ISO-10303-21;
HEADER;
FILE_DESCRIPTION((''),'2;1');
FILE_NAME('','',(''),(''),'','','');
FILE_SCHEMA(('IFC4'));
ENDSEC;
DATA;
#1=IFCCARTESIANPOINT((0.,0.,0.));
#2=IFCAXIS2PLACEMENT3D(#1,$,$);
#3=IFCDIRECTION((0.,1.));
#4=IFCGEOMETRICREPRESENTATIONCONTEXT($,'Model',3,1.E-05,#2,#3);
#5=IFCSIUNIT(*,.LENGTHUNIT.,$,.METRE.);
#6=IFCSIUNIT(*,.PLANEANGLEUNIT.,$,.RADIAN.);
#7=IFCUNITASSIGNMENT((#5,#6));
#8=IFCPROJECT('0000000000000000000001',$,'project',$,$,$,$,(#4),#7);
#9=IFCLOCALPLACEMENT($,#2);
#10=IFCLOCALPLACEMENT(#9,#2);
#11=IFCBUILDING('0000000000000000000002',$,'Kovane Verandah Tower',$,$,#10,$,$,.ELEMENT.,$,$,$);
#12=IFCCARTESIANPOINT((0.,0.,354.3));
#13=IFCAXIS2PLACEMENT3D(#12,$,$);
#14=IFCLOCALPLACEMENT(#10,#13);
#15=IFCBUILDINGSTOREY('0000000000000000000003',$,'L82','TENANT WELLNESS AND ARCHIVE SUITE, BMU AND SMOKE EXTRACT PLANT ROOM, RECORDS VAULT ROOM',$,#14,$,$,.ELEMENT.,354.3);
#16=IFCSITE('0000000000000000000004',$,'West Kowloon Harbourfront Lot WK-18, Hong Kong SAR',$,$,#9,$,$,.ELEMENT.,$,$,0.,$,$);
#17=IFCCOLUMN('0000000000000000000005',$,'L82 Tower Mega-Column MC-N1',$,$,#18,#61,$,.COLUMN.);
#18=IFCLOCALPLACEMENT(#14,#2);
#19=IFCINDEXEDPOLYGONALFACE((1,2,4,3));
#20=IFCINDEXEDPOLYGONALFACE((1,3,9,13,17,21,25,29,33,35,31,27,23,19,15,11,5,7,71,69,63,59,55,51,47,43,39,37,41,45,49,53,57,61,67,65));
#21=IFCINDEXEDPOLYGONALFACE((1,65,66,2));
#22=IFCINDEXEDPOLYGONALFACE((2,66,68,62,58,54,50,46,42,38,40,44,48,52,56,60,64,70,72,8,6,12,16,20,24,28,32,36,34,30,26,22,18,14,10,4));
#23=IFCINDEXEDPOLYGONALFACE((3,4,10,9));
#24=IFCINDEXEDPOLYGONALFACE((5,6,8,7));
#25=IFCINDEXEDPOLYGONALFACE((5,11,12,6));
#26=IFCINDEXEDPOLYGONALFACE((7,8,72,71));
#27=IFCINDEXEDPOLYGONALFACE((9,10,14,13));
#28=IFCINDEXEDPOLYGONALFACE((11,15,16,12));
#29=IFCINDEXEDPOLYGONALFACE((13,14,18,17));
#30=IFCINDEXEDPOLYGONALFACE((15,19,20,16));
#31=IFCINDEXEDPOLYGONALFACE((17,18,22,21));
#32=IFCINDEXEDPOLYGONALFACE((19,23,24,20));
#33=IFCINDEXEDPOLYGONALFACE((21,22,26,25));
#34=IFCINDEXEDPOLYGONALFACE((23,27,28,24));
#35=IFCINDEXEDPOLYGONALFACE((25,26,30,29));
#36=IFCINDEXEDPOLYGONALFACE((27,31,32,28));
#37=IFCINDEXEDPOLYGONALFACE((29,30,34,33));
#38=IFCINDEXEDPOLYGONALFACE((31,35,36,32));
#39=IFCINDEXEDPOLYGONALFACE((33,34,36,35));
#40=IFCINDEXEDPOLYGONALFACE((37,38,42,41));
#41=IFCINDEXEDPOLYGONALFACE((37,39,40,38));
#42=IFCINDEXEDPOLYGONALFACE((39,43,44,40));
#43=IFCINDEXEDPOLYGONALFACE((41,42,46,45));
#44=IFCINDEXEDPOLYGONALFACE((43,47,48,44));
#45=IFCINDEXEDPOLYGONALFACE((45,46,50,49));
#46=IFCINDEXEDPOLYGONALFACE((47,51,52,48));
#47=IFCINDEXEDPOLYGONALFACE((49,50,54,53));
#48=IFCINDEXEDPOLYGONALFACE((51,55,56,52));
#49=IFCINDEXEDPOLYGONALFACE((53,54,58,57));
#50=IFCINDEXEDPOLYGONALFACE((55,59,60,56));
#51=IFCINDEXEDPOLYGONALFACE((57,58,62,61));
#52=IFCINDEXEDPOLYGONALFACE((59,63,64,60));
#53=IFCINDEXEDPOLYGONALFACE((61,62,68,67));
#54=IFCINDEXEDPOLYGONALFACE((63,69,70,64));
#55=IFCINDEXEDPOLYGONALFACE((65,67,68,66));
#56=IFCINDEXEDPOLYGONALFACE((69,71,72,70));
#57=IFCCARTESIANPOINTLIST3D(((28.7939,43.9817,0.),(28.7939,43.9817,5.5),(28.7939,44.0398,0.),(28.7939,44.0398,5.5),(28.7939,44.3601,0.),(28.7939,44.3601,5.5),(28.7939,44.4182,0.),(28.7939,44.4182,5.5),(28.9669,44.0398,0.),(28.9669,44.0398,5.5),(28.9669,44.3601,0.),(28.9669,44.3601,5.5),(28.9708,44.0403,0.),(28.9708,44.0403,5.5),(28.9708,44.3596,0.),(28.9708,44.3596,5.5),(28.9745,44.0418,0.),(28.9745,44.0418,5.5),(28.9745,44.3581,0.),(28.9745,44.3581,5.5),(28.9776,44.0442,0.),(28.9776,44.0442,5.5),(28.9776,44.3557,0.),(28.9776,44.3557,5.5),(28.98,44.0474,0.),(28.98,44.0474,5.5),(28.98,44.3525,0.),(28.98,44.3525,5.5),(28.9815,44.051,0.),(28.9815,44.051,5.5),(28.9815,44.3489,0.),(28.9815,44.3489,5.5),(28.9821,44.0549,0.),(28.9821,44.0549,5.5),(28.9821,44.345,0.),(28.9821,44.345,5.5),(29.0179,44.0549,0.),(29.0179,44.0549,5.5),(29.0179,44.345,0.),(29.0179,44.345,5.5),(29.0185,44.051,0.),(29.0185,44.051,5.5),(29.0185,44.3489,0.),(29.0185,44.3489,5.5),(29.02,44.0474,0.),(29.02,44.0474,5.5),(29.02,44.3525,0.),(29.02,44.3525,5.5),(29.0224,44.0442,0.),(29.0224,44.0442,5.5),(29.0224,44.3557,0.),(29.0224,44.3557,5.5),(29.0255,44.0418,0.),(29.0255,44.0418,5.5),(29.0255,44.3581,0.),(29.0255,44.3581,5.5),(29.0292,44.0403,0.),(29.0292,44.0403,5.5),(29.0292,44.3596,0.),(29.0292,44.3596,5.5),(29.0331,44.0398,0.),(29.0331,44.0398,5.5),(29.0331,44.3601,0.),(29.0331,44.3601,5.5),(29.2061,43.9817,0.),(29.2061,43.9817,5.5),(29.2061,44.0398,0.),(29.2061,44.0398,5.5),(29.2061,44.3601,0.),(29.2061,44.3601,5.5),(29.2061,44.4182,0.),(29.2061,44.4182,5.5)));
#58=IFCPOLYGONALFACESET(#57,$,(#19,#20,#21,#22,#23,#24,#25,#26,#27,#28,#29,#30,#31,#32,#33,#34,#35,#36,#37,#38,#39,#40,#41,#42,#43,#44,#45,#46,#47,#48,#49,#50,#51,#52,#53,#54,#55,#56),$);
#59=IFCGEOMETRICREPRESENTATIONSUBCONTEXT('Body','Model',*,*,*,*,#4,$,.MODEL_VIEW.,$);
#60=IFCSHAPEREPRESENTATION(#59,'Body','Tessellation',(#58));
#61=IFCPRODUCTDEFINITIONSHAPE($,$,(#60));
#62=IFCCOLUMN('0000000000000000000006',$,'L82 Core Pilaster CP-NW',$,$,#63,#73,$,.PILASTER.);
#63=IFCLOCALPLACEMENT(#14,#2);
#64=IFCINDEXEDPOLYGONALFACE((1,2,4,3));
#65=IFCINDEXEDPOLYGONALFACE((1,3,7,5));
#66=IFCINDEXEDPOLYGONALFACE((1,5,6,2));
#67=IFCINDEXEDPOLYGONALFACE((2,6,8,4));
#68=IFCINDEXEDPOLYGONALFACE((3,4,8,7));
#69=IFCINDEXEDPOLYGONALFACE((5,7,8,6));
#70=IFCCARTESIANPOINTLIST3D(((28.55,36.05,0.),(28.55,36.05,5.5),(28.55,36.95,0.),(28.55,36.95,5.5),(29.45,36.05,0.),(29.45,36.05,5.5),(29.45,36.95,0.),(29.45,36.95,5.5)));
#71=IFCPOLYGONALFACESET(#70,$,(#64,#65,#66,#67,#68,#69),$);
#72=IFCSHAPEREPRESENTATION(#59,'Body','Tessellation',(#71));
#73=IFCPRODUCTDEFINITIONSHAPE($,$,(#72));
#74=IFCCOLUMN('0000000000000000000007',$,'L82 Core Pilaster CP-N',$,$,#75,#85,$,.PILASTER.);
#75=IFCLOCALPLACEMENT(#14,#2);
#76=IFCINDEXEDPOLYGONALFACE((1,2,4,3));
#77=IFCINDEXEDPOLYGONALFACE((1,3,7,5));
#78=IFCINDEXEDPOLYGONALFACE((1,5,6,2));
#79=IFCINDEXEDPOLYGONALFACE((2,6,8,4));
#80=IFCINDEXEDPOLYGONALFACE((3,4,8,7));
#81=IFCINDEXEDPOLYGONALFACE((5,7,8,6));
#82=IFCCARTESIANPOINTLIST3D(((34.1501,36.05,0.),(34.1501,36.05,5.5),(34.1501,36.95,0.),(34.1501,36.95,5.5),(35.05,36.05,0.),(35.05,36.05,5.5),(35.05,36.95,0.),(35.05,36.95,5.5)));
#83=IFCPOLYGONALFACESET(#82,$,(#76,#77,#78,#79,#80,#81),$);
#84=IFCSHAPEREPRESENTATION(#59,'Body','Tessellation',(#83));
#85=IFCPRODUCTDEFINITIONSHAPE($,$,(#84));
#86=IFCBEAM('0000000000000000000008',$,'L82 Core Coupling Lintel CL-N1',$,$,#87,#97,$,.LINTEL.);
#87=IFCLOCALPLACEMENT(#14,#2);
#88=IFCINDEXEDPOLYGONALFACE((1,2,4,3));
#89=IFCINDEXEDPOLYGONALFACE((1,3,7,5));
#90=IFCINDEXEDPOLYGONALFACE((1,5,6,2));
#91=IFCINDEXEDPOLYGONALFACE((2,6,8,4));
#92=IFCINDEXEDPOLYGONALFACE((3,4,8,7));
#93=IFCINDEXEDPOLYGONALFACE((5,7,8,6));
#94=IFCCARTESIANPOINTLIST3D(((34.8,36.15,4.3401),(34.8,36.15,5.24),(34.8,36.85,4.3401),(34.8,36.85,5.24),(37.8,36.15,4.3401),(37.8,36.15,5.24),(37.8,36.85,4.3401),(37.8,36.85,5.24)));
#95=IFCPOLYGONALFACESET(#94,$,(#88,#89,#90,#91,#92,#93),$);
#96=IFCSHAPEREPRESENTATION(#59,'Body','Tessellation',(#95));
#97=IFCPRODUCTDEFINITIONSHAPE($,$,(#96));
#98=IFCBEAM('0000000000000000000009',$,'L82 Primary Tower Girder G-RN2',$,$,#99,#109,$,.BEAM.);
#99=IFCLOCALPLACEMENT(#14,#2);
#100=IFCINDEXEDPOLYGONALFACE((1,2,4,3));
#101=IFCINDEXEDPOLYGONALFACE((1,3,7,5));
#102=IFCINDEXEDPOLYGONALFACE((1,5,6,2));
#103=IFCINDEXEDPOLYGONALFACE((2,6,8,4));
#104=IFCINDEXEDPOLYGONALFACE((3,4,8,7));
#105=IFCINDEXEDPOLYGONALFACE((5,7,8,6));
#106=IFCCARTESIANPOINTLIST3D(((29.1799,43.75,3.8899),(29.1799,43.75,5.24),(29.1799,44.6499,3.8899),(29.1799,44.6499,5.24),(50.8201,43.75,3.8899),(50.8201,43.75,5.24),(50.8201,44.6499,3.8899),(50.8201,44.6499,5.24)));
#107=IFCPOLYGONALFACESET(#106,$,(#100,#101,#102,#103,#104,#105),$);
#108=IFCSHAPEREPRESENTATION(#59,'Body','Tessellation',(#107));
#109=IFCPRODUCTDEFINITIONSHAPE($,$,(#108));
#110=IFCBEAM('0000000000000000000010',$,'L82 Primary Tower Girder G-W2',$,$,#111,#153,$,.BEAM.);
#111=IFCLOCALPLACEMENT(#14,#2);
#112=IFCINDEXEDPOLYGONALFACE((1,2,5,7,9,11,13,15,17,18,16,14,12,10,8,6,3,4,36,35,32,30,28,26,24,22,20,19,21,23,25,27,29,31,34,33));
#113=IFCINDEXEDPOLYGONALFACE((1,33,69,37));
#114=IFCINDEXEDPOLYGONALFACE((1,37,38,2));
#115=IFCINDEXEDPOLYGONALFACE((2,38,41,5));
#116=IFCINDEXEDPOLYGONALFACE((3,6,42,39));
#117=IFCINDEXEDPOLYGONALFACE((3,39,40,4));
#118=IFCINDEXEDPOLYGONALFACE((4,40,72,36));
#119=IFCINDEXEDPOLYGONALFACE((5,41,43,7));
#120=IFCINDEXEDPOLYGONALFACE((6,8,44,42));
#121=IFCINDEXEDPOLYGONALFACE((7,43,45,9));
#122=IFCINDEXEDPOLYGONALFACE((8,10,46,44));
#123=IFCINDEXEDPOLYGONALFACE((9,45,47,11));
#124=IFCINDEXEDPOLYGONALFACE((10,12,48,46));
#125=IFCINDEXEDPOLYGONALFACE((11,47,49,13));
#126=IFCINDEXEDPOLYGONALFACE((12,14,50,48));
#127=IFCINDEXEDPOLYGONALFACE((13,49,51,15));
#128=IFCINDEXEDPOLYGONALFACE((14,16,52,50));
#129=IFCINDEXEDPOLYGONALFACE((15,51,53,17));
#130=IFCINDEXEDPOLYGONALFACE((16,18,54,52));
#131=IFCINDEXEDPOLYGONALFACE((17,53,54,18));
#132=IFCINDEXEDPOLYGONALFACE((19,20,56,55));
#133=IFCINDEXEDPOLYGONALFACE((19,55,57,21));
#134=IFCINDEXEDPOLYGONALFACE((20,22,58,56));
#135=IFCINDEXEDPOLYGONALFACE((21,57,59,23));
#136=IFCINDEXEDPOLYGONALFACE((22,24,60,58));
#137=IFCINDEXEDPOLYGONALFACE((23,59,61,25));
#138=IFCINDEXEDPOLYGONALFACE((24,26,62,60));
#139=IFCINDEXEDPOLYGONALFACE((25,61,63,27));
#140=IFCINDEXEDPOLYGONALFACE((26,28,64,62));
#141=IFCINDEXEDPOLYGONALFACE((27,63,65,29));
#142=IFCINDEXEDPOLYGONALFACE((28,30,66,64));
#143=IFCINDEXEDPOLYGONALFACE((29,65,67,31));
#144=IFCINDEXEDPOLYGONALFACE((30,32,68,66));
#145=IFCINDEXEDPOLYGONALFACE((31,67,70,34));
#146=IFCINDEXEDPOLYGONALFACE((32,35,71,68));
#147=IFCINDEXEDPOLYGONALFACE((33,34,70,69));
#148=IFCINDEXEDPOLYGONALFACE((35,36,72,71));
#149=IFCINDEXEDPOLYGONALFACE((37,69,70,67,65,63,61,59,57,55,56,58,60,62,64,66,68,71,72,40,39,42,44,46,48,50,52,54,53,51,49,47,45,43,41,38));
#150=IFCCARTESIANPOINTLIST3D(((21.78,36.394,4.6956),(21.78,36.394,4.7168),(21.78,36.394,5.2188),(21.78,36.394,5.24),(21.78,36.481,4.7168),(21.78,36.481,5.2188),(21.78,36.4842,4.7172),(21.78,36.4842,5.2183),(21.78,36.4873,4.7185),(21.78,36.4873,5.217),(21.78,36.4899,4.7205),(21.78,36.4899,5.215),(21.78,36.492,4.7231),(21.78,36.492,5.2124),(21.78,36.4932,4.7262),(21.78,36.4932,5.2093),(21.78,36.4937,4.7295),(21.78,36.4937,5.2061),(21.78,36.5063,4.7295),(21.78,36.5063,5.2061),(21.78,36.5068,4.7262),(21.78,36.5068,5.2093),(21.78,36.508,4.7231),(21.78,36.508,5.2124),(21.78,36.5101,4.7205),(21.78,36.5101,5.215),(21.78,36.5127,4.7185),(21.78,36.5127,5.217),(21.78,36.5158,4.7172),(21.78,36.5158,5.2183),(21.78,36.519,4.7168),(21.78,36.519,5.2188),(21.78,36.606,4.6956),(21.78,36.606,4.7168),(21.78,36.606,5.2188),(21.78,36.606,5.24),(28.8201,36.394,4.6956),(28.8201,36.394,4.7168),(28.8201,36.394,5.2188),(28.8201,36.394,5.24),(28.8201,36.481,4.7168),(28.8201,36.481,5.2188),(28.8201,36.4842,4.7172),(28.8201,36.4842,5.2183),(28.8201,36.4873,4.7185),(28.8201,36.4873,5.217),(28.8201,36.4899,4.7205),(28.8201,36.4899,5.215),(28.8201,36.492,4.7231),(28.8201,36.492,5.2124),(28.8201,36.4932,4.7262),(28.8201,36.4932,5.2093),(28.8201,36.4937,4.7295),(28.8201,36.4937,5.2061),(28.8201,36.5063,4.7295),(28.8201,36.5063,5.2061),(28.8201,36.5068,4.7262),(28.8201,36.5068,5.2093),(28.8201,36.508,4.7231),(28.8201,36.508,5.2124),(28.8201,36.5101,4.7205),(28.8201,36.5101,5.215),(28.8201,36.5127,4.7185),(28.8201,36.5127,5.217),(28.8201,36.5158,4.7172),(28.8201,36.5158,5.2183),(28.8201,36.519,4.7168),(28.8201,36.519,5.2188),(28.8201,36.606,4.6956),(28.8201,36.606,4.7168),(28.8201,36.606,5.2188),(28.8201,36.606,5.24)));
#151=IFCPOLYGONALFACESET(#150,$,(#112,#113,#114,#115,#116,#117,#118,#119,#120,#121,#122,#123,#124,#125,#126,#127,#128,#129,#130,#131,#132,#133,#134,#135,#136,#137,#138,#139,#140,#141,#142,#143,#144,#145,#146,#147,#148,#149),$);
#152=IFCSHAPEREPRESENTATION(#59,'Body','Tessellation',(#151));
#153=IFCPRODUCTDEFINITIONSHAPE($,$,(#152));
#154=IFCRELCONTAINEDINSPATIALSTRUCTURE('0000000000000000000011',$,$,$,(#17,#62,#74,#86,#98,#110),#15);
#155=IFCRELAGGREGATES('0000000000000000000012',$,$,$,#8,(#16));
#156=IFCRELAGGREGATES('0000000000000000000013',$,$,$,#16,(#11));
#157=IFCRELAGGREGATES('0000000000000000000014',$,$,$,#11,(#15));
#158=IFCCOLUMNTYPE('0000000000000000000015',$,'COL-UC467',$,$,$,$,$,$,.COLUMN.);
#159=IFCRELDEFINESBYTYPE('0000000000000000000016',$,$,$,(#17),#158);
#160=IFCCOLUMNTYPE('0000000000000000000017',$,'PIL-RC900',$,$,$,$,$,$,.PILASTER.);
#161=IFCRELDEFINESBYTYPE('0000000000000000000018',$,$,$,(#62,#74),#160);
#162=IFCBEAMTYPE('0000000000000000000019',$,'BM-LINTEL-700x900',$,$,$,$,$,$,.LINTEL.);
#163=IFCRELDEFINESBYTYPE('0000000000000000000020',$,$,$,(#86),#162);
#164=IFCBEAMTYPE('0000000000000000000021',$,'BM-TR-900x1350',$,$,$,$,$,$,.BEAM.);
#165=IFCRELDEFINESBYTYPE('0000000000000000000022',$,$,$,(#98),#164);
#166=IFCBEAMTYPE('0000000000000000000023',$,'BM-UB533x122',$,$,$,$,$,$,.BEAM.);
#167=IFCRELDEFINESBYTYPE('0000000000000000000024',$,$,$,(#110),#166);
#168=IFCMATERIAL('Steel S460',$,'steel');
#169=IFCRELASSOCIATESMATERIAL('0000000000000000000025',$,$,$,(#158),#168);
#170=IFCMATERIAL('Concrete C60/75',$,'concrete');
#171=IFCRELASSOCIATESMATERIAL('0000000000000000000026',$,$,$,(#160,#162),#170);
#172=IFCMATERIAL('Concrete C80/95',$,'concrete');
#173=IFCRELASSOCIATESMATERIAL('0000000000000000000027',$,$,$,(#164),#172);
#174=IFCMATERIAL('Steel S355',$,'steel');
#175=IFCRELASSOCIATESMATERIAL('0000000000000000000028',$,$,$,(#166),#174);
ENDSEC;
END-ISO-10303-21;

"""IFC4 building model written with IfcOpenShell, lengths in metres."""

from ifc_helpers import new_model, si_unit, direction, frame, origin, origin_2d, place, context, subcontext, project, spatial, rectangle, i_section, extrude, material, material_profile, profile_set, type_object, element, save


model = new_model("IFC4")

# Units and contexts
model_context = context("Model", 3, precision=1e-05, world=origin(), true_north=direction((0.0, 1.0)))
body_context = subcontext(model_context, "Body", "Model", "MODEL_VIEW")
ifc_project = project(units=[si_unit("LENGTHUNIT", "METRE"), si_unit("PLANEANGLEUNIT", "RADIAN")], contexts=[model_context])

# Site, building, storey
site_placement = place(None, origin())
site = spatial("IfcSite", under=ifc_project, at=site_placement, Name="West Kowloon Harbourfront Lot WK-18, Hong Kong SAR", CompositionType="ELEMENT", RefElevation=0.0)
building_placement = place(site_placement, origin())
building = spatial("IfcBuilding", under=site, at=building_placement, Name="Kovane Verandah Tower", CompositionType="ELEMENT")
storey_placement = place(building_placement, frame((0.0, 0.0, 354.3)))
storey = spatial("IfcBuildingStorey", under=building, at=storey_placement, Name="L82", Description="TENANT WELLNESS AND ARCHIVE SUITE, BMU AND SMOKE EXTRACT PLANT ROOM, RECORDS VAULT ROOM", CompositionType="ELEMENT", Elevation=354.3)

# Columns
ifc_material_1 = material(Name="Steel S460", Category="steel")
ifc_material_profile_1 = material_profile(ifc_material_1, i_section(OverallWidth=0.4121, OverallDepth=0.4365, WebThickness=0.0359, FlangeThickness=0.0581, FilletRadius=0.0151, at=origin_2d()), Name="UC356x406x467")
ifc_profile_set_1 = profile_set([ifc_material_profile_1], Name="Steel S460")
column_type_1 = type_object("IfcColumnType", Name="COL-UC467", PredefinedType="COLUMN", material=ifc_profile_set_1)
column_placement = place(storey_placement, frame((29.0, 44.2, 0.0), z_axis=(0.0, 0.0, 1.0), x_axis=(1.0, 0.0, 0.0)))
element("IfcColumn", 1, at=column_placement, inside=storey, type_object=column_type_1, Name="L82 Tower Mega-Column MC-N1", PredefinedType="COLUMN", context=body_context, shape_type="SweptSolid", body=[
    extrude(i_section(OverallWidth=0.4121, OverallDepth=0.4365, WebThickness=0.0359, FlangeThickness=0.0581, FilletRadius=0.0151, at=origin_2d()), origin(), (0.0, 0.0, 1.0), 5.5),
])
ifc_material_2 = material(Name="Concrete C60/75", Category="concrete")
ifc_material_profile_2 = material_profile(ifc_material_2, rectangle(XDim=0.8999, YDim=0.8999, at=origin_2d()), Name="RC900x900")
ifc_profile_set_2 = profile_set([ifc_material_profile_2], Name="Concrete C60/75")
column_type_2 = type_object("IfcColumnType", Name="PIL-RC900", PredefinedType="PILASTER", material=ifc_profile_set_2)
for number, where, z_axis, x_axis, name in (
    (2, (29.0, 36.5, 0.0), (0.0, 0.0, 1.0), (1.0, 0.0, 0.0), "L82 Core Pilaster CP-NW"),
    (3, (34.6001, 36.5, 0.0), (0.0, 0.0, 1.0), (1.0, 0.0, 0.0), "L82 Core Pilaster CP-N"),
):
    element("IfcColumn", number, at=place(storey_placement, frame(where, z_axis=z_axis, x_axis=x_axis)), inside=storey, type_object=column_type_2, Name=name, PredefinedType="PILASTER", context=body_context, shape_type="SweptSolid", body=[
        extrude(rectangle(XDim=0.8999, YDim=0.8999, at=origin_2d()), origin(), (0.0, 0.0, 1.0), 5.5),
    ])

# Beams
ifc_material_profile_3 = material_profile(ifc_material_2, rectangle(XDim=0.7, YDim=0.8999, at=origin_2d()), Name="RCB700x900")
ifc_profile_set_3 = profile_set([ifc_material_profile_3], Name="Concrete C60/75")
beam_type_1 = type_object("IfcBeamType", Name="BM-LINTEL-700x900", PredefinedType="LINTEL", material=ifc_profile_set_3)
beam_1_placement = place(storey_placement, frame((34.8, 36.5, 4.79), z_axis=(1.0, 0.0, 0.0), x_axis=(0.0, 1.0, 0.0)))
element("IfcBeam", 4, at=beam_1_placement, inside=storey, type_object=beam_type_1, Name="L82 Core Coupling Lintel CL-N1", PredefinedType="LINTEL", context=body_context, shape_type="SweptSolid", body=[
    extrude(rectangle(XDim=0.7, YDim=0.8999, at=origin_2d()), origin(), (0.0, 0.0, 1.0), 3.0),
])
ifc_material_3 = material(Name="Concrete C80/95", Category="concrete")
ifc_material_profile_4 = material_profile(ifc_material_3, rectangle(XDim=0.8999, YDim=1.3501, at=origin_2d()), Name="RCB900x1350")
ifc_profile_set_4 = profile_set([ifc_material_profile_4], Name="Concrete C80/95")
beam_type_2 = type_object("IfcBeamType", Name="BM-TR-900x1350", PredefinedType="BEAM", material=ifc_profile_set_4)
beam_2_placement = place(storey_placement, frame((29.1799, 44.2, 4.5649), z_axis=(1.0, 0.0, 0.0), x_axis=(0.0, 1.0, 0.0)))
element("IfcBeam", 5, at=beam_2_placement, inside=storey, type_object=beam_type_2, Name="L82 Primary Tower Girder G-RN2", PredefinedType="BEAM", context=body_context, shape_type="SweptSolid", body=[
    extrude(rectangle(XDim=0.8999, YDim=1.3501, at=origin_2d()), origin(), (0.0, 0.0, 1.0), 21.6401),
])
ifc_material_4 = material(Name="Steel S355", Category="steel")
ifc_material_profile_5 = material_profile(ifc_material_4, i_section(OverallWidth=0.2119, OverallDepth=0.5444, WebThickness=0.0127, FlangeThickness=0.0212, FilletRadius=0.0127, at=origin_2d()), Name="UB533x210x122")
ifc_profile_set_5 = profile_set([ifc_material_profile_5], Name="Steel S355")
beam_type_3 = type_object("IfcBeamType", Name="BM-UB533x122", PredefinedType="BEAM", material=ifc_profile_set_5)
beam_3_placement = place(storey_placement, frame((28.8201, 36.5, 4.9678), z_axis=(-1.0, 0.0, 0.0), x_axis=(0.0, -1.0, 0.0)))
element("IfcBeam", 6, at=beam_3_placement, inside=storey, type_object=beam_type_3, Name="L82 Primary Tower Girder G-W2", PredefinedType="BEAM", context=body_context, shape_type="SweptSolid", body=[
    extrude(i_section(OverallWidth=0.2119, OverallDepth=0.5444, WebThickness=0.0127, FlangeThickness=0.0212, FilletRadius=0.0127, at=origin_2d()), origin(), (0.0, 0.0, 1.0), 7.04),
])

save(model, "model.ifc")
